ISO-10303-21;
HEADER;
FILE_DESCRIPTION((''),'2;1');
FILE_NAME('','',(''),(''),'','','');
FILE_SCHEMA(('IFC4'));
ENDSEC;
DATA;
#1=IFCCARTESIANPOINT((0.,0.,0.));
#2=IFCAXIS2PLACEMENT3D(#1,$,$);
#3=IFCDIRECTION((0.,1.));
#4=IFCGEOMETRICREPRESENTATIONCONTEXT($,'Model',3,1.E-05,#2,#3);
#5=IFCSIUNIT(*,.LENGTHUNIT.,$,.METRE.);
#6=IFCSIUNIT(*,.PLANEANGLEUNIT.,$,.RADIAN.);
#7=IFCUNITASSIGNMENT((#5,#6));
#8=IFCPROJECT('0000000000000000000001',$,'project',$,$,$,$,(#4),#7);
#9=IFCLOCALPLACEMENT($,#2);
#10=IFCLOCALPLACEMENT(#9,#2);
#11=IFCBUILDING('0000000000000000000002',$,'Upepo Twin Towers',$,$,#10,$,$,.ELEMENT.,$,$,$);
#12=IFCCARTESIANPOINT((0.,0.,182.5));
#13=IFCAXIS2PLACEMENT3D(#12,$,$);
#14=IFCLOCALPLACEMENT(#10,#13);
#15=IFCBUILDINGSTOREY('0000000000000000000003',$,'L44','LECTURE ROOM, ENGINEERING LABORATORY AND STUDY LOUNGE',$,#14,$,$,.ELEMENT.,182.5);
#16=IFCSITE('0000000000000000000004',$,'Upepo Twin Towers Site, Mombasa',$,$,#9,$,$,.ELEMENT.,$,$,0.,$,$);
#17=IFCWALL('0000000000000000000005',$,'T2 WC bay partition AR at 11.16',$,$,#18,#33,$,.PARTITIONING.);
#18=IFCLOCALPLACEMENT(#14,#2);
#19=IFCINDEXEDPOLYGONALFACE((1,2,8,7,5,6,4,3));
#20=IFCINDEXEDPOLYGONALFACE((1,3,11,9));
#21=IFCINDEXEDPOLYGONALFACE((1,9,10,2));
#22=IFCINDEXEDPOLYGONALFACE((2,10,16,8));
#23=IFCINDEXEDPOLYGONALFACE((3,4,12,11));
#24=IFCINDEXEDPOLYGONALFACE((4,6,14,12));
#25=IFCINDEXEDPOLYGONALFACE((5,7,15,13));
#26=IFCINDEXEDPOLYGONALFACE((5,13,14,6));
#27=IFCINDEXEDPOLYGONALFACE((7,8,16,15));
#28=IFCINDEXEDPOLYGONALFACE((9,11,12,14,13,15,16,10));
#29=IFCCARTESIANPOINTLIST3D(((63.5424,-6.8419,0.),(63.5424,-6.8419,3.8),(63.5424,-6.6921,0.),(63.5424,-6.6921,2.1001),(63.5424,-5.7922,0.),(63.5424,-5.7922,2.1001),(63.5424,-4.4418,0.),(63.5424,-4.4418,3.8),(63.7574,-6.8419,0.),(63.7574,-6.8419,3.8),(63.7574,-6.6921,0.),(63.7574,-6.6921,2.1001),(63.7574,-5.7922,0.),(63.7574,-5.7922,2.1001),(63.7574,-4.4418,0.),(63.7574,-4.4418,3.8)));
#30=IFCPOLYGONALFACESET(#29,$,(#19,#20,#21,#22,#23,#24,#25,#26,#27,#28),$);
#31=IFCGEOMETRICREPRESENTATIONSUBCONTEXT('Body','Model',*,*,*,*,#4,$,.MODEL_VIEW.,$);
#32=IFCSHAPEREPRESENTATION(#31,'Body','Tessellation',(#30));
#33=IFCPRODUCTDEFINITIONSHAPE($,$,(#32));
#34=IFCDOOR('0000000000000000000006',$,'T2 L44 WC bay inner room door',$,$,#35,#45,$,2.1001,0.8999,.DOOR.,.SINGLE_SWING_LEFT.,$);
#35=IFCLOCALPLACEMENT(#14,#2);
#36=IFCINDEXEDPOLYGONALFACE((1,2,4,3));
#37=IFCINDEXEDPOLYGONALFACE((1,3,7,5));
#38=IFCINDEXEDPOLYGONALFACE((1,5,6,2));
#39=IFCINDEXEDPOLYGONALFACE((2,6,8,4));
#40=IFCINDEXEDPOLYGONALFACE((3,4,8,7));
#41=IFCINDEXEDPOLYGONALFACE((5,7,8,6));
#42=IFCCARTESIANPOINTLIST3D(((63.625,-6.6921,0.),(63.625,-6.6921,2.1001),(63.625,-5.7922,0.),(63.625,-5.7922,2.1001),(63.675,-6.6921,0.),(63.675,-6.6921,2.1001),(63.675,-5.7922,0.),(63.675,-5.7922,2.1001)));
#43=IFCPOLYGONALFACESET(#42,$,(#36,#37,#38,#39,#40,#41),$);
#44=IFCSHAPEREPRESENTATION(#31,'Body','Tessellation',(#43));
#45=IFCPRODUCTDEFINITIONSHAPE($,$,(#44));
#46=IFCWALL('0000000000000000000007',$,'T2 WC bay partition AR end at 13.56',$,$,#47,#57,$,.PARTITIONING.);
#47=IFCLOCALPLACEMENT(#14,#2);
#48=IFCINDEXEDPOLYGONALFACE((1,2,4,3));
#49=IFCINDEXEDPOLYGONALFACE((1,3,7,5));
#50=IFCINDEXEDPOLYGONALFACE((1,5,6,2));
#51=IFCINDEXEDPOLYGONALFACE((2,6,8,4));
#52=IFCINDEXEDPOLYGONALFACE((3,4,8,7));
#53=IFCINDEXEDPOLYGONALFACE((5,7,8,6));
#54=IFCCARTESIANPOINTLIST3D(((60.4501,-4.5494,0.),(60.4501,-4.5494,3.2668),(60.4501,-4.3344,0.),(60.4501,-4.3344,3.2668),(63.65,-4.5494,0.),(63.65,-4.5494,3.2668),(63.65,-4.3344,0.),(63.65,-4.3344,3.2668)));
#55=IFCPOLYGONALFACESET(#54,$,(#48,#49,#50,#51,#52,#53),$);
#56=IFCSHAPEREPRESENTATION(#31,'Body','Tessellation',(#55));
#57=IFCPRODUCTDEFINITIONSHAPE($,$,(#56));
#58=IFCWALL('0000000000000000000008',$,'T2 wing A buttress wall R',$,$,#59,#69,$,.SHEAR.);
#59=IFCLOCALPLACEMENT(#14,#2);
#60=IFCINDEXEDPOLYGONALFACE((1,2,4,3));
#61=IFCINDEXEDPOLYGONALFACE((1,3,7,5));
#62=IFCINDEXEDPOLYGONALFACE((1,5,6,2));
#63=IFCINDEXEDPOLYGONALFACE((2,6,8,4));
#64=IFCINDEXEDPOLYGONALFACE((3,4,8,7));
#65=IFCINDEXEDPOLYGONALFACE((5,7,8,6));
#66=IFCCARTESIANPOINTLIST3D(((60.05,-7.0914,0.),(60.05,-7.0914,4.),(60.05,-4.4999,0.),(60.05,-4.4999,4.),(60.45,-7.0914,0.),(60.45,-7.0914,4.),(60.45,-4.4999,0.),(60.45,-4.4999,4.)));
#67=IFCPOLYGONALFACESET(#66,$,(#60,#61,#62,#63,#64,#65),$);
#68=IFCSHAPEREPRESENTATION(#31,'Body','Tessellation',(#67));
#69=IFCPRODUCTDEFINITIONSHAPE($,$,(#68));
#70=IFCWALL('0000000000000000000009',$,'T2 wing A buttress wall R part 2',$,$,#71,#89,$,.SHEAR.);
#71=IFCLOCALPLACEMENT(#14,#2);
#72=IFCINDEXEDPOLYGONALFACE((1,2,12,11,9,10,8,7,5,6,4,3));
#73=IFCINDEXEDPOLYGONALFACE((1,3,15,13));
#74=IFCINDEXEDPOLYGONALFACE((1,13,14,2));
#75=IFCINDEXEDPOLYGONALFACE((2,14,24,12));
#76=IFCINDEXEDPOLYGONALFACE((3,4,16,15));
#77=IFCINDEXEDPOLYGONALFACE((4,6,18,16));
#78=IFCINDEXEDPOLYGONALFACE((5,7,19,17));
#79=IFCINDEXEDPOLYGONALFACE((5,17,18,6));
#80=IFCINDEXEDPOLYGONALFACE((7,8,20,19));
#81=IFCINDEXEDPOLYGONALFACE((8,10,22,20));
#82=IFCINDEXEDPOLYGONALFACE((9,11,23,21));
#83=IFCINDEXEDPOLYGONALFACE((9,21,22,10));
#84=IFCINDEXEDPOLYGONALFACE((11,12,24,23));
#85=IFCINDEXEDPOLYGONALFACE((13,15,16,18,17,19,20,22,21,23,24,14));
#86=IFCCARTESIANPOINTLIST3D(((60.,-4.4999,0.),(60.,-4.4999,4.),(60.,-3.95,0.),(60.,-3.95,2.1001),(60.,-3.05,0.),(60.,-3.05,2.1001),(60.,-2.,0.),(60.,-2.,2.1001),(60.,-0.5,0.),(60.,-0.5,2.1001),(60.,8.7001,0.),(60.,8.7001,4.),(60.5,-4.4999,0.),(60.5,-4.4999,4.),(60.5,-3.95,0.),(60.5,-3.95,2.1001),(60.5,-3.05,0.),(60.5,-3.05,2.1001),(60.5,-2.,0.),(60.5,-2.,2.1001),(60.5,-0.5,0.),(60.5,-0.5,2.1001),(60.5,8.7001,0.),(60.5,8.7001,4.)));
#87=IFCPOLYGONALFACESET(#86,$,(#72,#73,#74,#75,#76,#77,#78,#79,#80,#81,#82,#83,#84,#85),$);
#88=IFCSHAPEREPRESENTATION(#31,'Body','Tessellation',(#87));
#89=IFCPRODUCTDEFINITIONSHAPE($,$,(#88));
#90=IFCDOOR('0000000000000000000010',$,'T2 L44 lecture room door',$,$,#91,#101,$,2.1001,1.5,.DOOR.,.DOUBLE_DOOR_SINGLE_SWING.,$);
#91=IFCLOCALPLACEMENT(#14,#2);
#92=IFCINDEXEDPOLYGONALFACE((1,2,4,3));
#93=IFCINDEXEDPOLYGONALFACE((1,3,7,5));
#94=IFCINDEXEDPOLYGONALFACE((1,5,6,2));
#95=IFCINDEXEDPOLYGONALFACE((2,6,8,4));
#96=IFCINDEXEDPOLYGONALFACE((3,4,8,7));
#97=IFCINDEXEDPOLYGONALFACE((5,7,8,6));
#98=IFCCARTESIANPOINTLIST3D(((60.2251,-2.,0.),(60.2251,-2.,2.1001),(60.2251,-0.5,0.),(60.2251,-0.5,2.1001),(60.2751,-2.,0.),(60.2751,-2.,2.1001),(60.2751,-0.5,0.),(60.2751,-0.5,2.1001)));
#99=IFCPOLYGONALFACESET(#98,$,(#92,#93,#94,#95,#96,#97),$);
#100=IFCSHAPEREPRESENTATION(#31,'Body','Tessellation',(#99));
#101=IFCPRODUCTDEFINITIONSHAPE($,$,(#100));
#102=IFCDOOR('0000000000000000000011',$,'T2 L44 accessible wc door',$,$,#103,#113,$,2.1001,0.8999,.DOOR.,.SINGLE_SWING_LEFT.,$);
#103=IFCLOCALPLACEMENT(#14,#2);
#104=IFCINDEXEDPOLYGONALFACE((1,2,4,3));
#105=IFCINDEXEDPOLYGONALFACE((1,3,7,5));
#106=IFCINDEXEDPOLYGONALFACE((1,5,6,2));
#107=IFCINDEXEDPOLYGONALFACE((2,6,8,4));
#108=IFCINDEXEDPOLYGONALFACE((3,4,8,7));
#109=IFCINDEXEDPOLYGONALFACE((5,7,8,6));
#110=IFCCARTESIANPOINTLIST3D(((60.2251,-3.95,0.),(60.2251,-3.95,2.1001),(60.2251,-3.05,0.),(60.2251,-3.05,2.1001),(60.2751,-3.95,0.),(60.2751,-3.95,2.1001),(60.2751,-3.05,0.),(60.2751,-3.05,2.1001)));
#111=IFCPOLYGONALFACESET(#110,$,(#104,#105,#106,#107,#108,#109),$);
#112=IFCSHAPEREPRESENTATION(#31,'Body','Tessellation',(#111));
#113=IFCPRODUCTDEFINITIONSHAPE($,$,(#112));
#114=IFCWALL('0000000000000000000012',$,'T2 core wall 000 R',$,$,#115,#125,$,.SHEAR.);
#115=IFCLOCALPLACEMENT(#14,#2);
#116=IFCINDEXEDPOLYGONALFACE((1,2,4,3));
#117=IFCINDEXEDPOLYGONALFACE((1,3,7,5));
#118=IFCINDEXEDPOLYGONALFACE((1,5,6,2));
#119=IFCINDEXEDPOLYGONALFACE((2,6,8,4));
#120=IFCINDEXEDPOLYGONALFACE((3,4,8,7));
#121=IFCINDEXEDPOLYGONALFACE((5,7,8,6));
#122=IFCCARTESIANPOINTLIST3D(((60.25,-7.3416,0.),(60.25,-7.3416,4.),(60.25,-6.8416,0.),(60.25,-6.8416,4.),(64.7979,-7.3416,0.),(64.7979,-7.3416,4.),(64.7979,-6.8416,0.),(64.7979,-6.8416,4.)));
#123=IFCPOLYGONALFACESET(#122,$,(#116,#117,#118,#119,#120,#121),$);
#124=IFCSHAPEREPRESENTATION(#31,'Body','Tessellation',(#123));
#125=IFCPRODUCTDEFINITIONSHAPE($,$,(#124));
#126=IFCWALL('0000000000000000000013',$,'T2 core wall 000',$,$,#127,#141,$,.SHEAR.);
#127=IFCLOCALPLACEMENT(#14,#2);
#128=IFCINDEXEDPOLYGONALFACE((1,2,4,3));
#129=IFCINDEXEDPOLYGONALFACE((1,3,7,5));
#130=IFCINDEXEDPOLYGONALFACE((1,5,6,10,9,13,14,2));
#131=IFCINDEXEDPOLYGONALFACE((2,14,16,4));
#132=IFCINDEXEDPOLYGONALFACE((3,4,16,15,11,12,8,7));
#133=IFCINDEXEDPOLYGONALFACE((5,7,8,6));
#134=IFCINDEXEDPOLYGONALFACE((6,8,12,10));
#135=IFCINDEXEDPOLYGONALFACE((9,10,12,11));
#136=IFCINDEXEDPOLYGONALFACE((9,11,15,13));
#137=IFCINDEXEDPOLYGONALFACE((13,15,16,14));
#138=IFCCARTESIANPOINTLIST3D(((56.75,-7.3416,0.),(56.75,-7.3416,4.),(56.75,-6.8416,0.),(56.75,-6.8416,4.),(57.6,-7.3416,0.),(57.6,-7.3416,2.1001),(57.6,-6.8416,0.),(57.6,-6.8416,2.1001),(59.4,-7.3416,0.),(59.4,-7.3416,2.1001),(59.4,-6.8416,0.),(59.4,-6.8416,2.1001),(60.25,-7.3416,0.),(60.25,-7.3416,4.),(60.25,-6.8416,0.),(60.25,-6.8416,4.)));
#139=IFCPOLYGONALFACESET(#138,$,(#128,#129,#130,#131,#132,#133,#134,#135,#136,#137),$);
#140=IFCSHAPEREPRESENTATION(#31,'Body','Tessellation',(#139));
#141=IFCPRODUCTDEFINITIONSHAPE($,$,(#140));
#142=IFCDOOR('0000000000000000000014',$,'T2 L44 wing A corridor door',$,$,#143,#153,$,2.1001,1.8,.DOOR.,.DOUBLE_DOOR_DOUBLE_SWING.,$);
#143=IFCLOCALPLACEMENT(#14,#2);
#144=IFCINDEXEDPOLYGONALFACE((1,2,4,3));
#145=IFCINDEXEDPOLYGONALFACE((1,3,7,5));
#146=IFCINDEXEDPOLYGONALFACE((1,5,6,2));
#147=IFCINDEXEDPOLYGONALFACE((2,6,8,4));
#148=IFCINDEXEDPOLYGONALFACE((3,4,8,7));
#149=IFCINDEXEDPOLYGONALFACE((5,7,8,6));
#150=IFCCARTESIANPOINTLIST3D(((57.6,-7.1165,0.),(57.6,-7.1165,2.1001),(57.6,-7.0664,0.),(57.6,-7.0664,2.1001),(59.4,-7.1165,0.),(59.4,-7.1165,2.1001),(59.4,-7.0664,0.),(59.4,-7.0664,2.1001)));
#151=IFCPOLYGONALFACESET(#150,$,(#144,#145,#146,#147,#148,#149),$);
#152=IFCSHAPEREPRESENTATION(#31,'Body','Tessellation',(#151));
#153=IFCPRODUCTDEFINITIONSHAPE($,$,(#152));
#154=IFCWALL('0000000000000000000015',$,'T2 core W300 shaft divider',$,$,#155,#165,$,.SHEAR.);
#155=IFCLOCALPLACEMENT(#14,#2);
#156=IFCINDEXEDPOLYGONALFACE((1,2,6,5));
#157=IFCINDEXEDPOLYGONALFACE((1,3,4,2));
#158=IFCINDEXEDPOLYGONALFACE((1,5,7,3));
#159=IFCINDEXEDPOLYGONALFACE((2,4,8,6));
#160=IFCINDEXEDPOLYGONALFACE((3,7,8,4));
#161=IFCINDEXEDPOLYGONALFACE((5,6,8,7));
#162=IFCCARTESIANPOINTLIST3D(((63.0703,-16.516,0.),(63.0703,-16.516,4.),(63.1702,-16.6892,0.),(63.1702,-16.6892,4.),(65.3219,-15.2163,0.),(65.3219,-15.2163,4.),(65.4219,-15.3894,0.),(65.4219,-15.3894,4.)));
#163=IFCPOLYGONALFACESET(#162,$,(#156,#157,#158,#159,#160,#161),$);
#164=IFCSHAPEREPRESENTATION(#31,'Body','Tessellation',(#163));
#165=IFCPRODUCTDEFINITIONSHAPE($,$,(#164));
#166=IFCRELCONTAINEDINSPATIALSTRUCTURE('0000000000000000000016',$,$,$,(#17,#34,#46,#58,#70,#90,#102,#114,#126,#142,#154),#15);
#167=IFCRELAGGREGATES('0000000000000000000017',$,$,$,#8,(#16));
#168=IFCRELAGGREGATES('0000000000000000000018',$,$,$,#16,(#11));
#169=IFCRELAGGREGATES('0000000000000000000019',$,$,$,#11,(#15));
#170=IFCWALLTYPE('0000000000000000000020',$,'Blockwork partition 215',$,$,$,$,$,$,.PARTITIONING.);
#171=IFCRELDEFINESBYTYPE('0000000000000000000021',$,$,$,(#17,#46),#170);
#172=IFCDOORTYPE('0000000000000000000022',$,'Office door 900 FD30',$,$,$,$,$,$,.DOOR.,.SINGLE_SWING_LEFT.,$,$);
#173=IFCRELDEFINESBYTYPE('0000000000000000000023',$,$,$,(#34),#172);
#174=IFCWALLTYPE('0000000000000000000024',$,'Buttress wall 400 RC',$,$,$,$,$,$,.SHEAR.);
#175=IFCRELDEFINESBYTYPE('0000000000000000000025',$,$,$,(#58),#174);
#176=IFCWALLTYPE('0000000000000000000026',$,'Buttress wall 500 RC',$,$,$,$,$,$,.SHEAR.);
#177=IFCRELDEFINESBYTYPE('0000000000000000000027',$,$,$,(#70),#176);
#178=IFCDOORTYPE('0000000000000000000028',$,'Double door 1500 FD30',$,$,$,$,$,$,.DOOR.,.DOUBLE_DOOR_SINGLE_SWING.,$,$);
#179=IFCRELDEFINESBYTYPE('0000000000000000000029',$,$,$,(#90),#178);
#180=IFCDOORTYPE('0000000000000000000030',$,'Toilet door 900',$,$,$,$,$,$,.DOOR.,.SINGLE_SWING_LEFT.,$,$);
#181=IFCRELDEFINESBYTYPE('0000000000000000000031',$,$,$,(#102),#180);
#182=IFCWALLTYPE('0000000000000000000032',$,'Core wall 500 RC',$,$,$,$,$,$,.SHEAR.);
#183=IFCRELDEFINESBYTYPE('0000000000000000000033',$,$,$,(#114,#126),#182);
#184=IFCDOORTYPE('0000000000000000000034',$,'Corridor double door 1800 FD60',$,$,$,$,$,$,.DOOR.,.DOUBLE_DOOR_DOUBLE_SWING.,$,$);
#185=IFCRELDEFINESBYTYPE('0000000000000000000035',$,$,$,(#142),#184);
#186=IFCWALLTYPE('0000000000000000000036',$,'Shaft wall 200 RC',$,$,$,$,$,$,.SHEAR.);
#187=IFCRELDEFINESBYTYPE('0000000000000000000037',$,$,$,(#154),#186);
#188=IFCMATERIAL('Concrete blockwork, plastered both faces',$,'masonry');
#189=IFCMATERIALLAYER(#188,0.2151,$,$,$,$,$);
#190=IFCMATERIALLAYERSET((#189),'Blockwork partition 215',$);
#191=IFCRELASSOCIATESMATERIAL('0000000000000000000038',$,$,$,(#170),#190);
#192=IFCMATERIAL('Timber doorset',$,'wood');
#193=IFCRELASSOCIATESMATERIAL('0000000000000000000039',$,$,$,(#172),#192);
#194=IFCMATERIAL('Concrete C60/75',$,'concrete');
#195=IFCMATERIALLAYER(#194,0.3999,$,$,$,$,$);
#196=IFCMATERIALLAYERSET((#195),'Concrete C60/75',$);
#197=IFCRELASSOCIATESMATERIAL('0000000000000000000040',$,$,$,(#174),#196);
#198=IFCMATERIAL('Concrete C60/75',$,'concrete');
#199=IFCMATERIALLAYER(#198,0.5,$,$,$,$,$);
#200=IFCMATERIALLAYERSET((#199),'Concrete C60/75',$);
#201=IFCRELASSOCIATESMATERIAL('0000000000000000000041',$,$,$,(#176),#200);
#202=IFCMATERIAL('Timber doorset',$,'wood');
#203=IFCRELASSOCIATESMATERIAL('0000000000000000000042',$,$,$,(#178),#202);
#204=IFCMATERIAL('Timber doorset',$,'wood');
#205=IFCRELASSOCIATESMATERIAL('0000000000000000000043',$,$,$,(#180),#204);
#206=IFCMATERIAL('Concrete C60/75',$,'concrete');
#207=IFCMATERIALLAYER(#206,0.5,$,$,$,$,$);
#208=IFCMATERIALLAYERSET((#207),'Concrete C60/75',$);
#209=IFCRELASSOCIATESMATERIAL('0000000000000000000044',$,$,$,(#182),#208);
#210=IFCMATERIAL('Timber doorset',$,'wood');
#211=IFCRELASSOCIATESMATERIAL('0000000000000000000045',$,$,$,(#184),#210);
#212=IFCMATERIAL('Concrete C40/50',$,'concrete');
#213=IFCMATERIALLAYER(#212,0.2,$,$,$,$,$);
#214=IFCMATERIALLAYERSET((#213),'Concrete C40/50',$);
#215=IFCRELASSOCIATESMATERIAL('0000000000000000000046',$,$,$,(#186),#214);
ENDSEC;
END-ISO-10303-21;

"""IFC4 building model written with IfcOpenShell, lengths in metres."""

from ifc_helpers import new_model, si_unit, direction, frame, frame_2d, origin, place, context, subcontext, project, spatial, rectangle, extrude, material, layer, layer_set, type_object, element, fill, save


model = new_model("IFC4")

# Units and contexts
model_context = context("Model", 3, precision=1e-05, world=origin(), true_north=direction((0.0, 1.0)))
body_context = subcontext(model_context, "Body", "Model", "MODEL_VIEW")
ifc_project = project(units=[si_unit("LENGTHUNIT", "METRE"), si_unit("PLANEANGLEUNIT", "RADIAN")], contexts=[model_context])

# Site, building, storey
site_placement = place(None, origin())
site = spatial("IfcSite", under=ifc_project, at=site_placement, Name="Upepo Twin Towers Site, Mombasa", CompositionType="ELEMENT", RefElevation=0.0)
building_placement = place(site_placement, origin())
building = spatial("IfcBuilding", under=site, at=building_placement, Name="Upepo Twin Towers", CompositionType="ELEMENT")
storey_placement = place(building_placement, frame((0.0, 0.0, 182.5)))
storey = spatial("IfcBuildingStorey", under=building, at=storey_placement, Name="L44", Description="LECTURE ROOM, ENGINEERING LABORATORY AND STUDY LOUNGE", CompositionType="ELEMENT", Elevation=182.5)

# Shared definitions
ifc_material_1 = material(Name="Concrete blockwork, plastered both faces", Category="masonry")
ifc_layer_1 = layer(ifc_material_1, 0.2151)
ifc_layer_set_1 = layer_set([ifc_layer_1], Name="Blockwork partition 215")
wall_type_1 = type_object("IfcWallType", Name="Blockwork partition 215", PredefinedType="PARTITIONING", material=ifc_layer_set_1)

# Wall, opening, door
wall_1_placement = place(storey_placement, frame((63.6499, -6.842, 0.0), z_axis=(0.0, 0.0, 1.0), x_axis=(0.0, 1.0, 0.0)))
wall_1 = element("IfcWall", 1, at=wall_1_placement, inside=storey, type_object=wall_type_1, Name="T2 WC bay partition AR at 11.16", PredefinedType="PARTITIONING", context=body_context, shape_type="SweptSolid", body=[
    extrude(rectangle(XDim=2.4001, YDim=0.2151, at=frame_2d((1.2002, 0.0))), origin(), (0.0, 0.0, 1.0), 3.8),
])
opening_1_placement = place(wall_1_placement, frame((0.1499, 0.0, 0.0)))
opening_1 = element("IfcOpeningElement", 2, at=opening_1_placement, cuts=wall_1, PredefinedType="OPENING", context=body_context, shape_type="SweptSolid", body=[
    extrude(rectangle(XDim=0.8999, YDim=2.1001, at=frame_2d((0.45, 1.05))), frame((0.0, 0.1174, 0.0), z_axis=(0.0, -1.0, 0.0), x_axis=(1.0, 0.0, 0.0)), (0.0, 0.0, 1.0), 0.2351),
])
ifc_material_2 = material(Name="Timber doorset", Category="wood")
door_type_1 = type_object("IfcDoorType", Name="Office door 900 FD30", OperationType="SINGLE_SWING_LEFT", PredefinedType="DOOR", material=ifc_material_2)
door_1_placement = place(opening_1_placement, origin())
door_1 = element("IfcDoor", 3, at=door_1_placement, inside=storey, type_object=door_type_1, Name="T2 L44 WC bay inner room door", OperationType="SINGLE_SWING_LEFT", OverallHeight=2.1001, OverallWidth=0.8999, PredefinedType="DOOR", context=body_context, shape_type="SweptSolid", body=[
    extrude(rectangle(XDim=0.8999, YDim=2.1001, at=frame_2d((0.45, 1.05))), frame((0.0, 0.0249, 0.0), z_axis=(0.0, -1.0, 0.0), x_axis=(1.0, 0.0, 0.0)), (0.0, 0.0, 1.0), 0.05),
])
fill(opening_1, door_1)

# Walls
wall_2_placement = place(storey_placement, frame((60.45, -4.4419, 0.0), z_axis=(0.0, 0.0, 1.0), x_axis=(1.0, 0.0, 0.0)))
element("IfcWall", 4, at=wall_2_placement, inside=storey, type_object=wall_type_1, Name="T2 WC bay partition AR end at 13.56", PredefinedType="PARTITIONING", context=body_context, shape_type="SweptSolid", body=[
    extrude(rectangle(XDim=3.2, YDim=0.2151, at=frame_2d((1.6001, 0.0))), origin(), (0.0, 0.0, 1.0), 3.2668),
])
ifc_material_3 = material(Name="Concrete C60/75", Category="concrete")
ifc_layer_2 = layer(ifc_material_3, 0.3999)
ifc_layer_set_2 = layer_set([ifc_layer_2], Name="Concrete C60/75")
wall_type_2 = type_object("IfcWallType", Name="Buttress wall 400 RC", PredefinedType="SHEAR", material=ifc_layer_set_2)
wall_3_placement = place(storey_placement, frame((60.25, -7.0916, 0.0), z_axis=(0.0, 0.0, 1.0), x_axis=(0.0, 1.0, 0.0)))
element("IfcWall", 5, at=wall_3_placement, inside=storey, type_object=wall_type_2, Name="T2 wing A buttress wall R", PredefinedType="SHEAR", context=body_context, shape_type="SweptSolid", body=[
    extrude(rectangle(XDim=2.5916, YDim=0.3999, at=frame_2d((1.2959, 0.0))), origin(), (0.0, 0.0, 1.0), 4.0),
])

# Wall, openings, doors
ifc_material_4 = material(Name="Concrete C60/75", Category="concrete")
ifc_layer_3 = layer(ifc_material_4, 0.5)
ifc_layer_set_3 = layer_set([ifc_layer_3], Name="Concrete C60/75")
wall_type_3 = type_object("IfcWallType", Name="Buttress wall 500 RC", PredefinedType="SHEAR", material=ifc_layer_set_3)
wall_4_placement = place(storey_placement, frame((60.25, -4.5, 0.0), z_axis=(0.0, 0.0, 1.0), x_axis=(0.0, 1.0, 0.0)))
wall_4 = element("IfcWall", 6, at=wall_4_placement, inside=storey, type_object=wall_type_3, Name="T2 wing A buttress wall R part 2", PredefinedType="SHEAR", context=body_context, shape_type="SweptSolid", body=[
    extrude(rectangle(XDim=13.2, YDim=0.5, at=frame_2d((6.6001, 0.0))), origin(), (0.0, 0.0, 1.0), 4.0),
])
opening_2_placement = place(wall_4_placement, frame((0.55, 0.0, 0.0)))
opening_2 = element("IfcOpeningElement", 7, at=opening_2_placement, cuts=wall_4, PredefinedType="OPENING", context=body_context, shape_type="SweptSolid", body=[
    extrude(rectangle(XDim=0.8999, YDim=2.1001, at=frame_2d((0.45, 1.05))), frame((0.0, 0.26, 0.0), z_axis=(0.0, -1.0, 0.0), x_axis=(1.0, 0.0, 0.0)), (0.0, 0.0, 1.0), 0.52),
])
opening_3_placement = place(wall_4_placement, frame((2.5, 0.0, 0.0)))
opening_3 = element("IfcOpeningElement", 8, at=opening_3_placement, cuts=wall_4, PredefinedType="OPENING", context=body_context, shape_type="SweptSolid", body=[
    extrude(rectangle(XDim=1.5, YDim=2.1001, at=frame_2d((0.75, 1.05))), frame((0.0, 0.26, 0.0), z_axis=(0.0, -1.0, 0.0), x_axis=(1.0, 0.0, 0.0)), (0.0, 0.0, 1.0), 0.52),
])
ifc_material_5 = material(Name="Timber doorset", Category="wood")
door_type_2 = type_object("IfcDoorType", Name="Double door 1500 FD30", OperationType="DOUBLE_DOOR_SINGLE_SWING", PredefinedType="DOOR", material=ifc_material_5)
door_2_placement = place(opening_3_placement, origin())
door_2 = element("IfcDoor", 9, at=door_2_placement, inside=storey, type_object=door_type_2, Name="T2 L44 lecture room door", OperationType="DOUBLE_DOOR_SINGLE_SWING", OverallHeight=2.1001, OverallWidth=1.5, PredefinedType="DOOR", context=body_context, shape_type="SweptSolid", body=[
    extrude(rectangle(XDim=1.5, YDim=2.1001, at=frame_2d((0.75, 1.05))), frame((0.0, 0.0249, 0.0), z_axis=(0.0, -1.0, 0.0), x_axis=(1.0, 0.0, 0.0)), (0.0, 0.0, 1.0), 0.05),
])
fill(opening_3, door_2)
ifc_material_6 = material(Name="Timber doorset", Category="wood")
door_type_3 = type_object("IfcDoorType", Name="Toilet door 900", OperationType="SINGLE_SWING_LEFT", PredefinedType="DOOR", material=ifc_material_6)
door_3_placement = place(opening_2_placement, origin())
door_3 = element("IfcDoor", 10, at=door_3_placement, inside=storey, type_object=door_type_3, Name="T2 L44 accessible wc door", OperationType="SINGLE_SWING_LEFT", OverallHeight=2.1001, OverallWidth=0.8999, PredefinedType="DOOR", context=body_context, shape_type="SweptSolid", body=[
    extrude(rectangle(XDim=0.8999, YDim=2.1001, at=frame_2d((0.45, 1.05))), frame((0.0, 0.0249, 0.0), z_axis=(0.0, -1.0, 0.0), x_axis=(1.0, 0.0, 0.0)), (0.0, 0.0, 1.0), 0.05),
])
fill(opening_2, door_3)

# Wall
ifc_material_7 = material(Name="Concrete C60/75", Category="concrete")
ifc_layer_4 = layer(ifc_material_7, 0.5)
ifc_layer_set_4 = layer_set([ifc_layer_4], Name="Concrete C60/75")
wall_type_4 = type_object("IfcWallType", Name="Core wall 500 RC", PredefinedType="SHEAR", material=ifc_layer_set_4)
wall_5_placement = place(storey_placement, frame((64.7979, -7.0916, 0.0), z_axis=(0.0, 0.0, 1.0), x_axis=(-1.0, 0.0, 0.0)))
element("IfcWall", 11, at=wall_5_placement, inside=storey, type_object=wall_type_4, Name="T2 core wall 000 R", PredefinedType="SHEAR", context=body_context, shape_type="SweptSolid", body=[
    extrude(rectangle(XDim=4.5479, YDim=0.5, at=frame_2d((2.2739, 0.0))), origin(), (0.0, 0.0, 1.0), 4.0),
])

# Wall, opening, door
wall_6_placement = place(storey_placement, frame((60.25, -7.0916, 0.0), z_axis=(0.0, 0.0, 1.0), x_axis=(-1.0, 0.0, 0.0)))
wall_6 = element("IfcWall", 12, at=wall_6_placement, inside=storey, type_object=wall_type_4, Name="T2 core wall 000", PredefinedType="SHEAR", context=body_context, shape_type="SweptSolid", body=[
    extrude(rectangle(XDim=3.5, YDim=0.5, at=frame_2d((1.75, 0.0))), origin(), (0.0, 0.0, 1.0), 4.0),
])
opening_4_placement = place(wall_6_placement, frame((0.8501, 0.0, 0.0)))
opening_4 = element("IfcOpeningElement", 13, at=opening_4_placement, cuts=wall_6, PredefinedType="OPENING", context=body_context, shape_type="SweptSolid", body=[
    extrude(rectangle(XDim=1.8, YDim=2.1001, at=frame_2d((0.8999, 1.05))), frame((0.0, 0.26, 0.0), z_axis=(0.0, -1.0, 0.0), x_axis=(1.0, 0.0, 0.0)), (0.0, 0.0, 1.0), 0.52),
])
ifc_material_8 = material(Name="Timber doorset", Category="wood")
door_type_4 = type_object("IfcDoorType", Name="Corridor double door 1800 FD60", OperationType="DOUBLE_DOOR_DOUBLE_SWING", PredefinedType="DOOR", material=ifc_material_8)
door_4_placement = place(opening_4_placement, origin())
door_4 = element("IfcDoor", 14, at=door_4_placement, inside=storey, type_object=door_type_4, Name="T2 L44 wing A corridor door", OperationType="DOUBLE_DOOR_DOUBLE_SWING", OverallHeight=2.1001, OverallWidth=1.8, PredefinedType="DOOR", context=body_context, shape_type="SweptSolid", body=[
    extrude(rectangle(XDim=1.8, YDim=2.1001, at=frame_2d((0.8999, 1.05))), frame((0.0, 0.0249, 0.0), z_axis=(0.0, -1.0, 0.0), x_axis=(1.0, 0.0, 0.0)), (0.0, 0.0, 1.0), 0.05),
])
fill(opening_4, door_4)

# Wall
ifc_material_9 = material(Name="Concrete C40/50", Category="concrete")
ifc_layer_5 = layer(ifc_material_9, 0.2)
ifc_layer_set_5 = layer_set([ifc_layer_5], Name="Concrete C40/50")
wall_type_5 = type_object("IfcWallType", Name="Shaft wall 200 RC", PredefinedType="SHEAR", material=ifc_layer_set_5)
wall_7_placement = place(storey_placement, frame((63.1204, -16.6025, 0.0), z_axis=(0.0, 0.0, 1.0), x_axis=(0.866062, 0.499937, 0.0)))
element("IfcWall", 15, at=wall_7_placement, inside=storey, type_object=wall_type_5, Name="T2 core W300 shaft divider", PredefinedType="SHEAR", context=body_context, shape_type="SweptSolid", body=[
    extrude(rectangle(XDim=2.5999, YDim=0.2, at=frame_2d((1.2998, 0.0))), origin(), (0.0, 0.0, 1.0), 4.0),
])

save(model, "model.ifc")
